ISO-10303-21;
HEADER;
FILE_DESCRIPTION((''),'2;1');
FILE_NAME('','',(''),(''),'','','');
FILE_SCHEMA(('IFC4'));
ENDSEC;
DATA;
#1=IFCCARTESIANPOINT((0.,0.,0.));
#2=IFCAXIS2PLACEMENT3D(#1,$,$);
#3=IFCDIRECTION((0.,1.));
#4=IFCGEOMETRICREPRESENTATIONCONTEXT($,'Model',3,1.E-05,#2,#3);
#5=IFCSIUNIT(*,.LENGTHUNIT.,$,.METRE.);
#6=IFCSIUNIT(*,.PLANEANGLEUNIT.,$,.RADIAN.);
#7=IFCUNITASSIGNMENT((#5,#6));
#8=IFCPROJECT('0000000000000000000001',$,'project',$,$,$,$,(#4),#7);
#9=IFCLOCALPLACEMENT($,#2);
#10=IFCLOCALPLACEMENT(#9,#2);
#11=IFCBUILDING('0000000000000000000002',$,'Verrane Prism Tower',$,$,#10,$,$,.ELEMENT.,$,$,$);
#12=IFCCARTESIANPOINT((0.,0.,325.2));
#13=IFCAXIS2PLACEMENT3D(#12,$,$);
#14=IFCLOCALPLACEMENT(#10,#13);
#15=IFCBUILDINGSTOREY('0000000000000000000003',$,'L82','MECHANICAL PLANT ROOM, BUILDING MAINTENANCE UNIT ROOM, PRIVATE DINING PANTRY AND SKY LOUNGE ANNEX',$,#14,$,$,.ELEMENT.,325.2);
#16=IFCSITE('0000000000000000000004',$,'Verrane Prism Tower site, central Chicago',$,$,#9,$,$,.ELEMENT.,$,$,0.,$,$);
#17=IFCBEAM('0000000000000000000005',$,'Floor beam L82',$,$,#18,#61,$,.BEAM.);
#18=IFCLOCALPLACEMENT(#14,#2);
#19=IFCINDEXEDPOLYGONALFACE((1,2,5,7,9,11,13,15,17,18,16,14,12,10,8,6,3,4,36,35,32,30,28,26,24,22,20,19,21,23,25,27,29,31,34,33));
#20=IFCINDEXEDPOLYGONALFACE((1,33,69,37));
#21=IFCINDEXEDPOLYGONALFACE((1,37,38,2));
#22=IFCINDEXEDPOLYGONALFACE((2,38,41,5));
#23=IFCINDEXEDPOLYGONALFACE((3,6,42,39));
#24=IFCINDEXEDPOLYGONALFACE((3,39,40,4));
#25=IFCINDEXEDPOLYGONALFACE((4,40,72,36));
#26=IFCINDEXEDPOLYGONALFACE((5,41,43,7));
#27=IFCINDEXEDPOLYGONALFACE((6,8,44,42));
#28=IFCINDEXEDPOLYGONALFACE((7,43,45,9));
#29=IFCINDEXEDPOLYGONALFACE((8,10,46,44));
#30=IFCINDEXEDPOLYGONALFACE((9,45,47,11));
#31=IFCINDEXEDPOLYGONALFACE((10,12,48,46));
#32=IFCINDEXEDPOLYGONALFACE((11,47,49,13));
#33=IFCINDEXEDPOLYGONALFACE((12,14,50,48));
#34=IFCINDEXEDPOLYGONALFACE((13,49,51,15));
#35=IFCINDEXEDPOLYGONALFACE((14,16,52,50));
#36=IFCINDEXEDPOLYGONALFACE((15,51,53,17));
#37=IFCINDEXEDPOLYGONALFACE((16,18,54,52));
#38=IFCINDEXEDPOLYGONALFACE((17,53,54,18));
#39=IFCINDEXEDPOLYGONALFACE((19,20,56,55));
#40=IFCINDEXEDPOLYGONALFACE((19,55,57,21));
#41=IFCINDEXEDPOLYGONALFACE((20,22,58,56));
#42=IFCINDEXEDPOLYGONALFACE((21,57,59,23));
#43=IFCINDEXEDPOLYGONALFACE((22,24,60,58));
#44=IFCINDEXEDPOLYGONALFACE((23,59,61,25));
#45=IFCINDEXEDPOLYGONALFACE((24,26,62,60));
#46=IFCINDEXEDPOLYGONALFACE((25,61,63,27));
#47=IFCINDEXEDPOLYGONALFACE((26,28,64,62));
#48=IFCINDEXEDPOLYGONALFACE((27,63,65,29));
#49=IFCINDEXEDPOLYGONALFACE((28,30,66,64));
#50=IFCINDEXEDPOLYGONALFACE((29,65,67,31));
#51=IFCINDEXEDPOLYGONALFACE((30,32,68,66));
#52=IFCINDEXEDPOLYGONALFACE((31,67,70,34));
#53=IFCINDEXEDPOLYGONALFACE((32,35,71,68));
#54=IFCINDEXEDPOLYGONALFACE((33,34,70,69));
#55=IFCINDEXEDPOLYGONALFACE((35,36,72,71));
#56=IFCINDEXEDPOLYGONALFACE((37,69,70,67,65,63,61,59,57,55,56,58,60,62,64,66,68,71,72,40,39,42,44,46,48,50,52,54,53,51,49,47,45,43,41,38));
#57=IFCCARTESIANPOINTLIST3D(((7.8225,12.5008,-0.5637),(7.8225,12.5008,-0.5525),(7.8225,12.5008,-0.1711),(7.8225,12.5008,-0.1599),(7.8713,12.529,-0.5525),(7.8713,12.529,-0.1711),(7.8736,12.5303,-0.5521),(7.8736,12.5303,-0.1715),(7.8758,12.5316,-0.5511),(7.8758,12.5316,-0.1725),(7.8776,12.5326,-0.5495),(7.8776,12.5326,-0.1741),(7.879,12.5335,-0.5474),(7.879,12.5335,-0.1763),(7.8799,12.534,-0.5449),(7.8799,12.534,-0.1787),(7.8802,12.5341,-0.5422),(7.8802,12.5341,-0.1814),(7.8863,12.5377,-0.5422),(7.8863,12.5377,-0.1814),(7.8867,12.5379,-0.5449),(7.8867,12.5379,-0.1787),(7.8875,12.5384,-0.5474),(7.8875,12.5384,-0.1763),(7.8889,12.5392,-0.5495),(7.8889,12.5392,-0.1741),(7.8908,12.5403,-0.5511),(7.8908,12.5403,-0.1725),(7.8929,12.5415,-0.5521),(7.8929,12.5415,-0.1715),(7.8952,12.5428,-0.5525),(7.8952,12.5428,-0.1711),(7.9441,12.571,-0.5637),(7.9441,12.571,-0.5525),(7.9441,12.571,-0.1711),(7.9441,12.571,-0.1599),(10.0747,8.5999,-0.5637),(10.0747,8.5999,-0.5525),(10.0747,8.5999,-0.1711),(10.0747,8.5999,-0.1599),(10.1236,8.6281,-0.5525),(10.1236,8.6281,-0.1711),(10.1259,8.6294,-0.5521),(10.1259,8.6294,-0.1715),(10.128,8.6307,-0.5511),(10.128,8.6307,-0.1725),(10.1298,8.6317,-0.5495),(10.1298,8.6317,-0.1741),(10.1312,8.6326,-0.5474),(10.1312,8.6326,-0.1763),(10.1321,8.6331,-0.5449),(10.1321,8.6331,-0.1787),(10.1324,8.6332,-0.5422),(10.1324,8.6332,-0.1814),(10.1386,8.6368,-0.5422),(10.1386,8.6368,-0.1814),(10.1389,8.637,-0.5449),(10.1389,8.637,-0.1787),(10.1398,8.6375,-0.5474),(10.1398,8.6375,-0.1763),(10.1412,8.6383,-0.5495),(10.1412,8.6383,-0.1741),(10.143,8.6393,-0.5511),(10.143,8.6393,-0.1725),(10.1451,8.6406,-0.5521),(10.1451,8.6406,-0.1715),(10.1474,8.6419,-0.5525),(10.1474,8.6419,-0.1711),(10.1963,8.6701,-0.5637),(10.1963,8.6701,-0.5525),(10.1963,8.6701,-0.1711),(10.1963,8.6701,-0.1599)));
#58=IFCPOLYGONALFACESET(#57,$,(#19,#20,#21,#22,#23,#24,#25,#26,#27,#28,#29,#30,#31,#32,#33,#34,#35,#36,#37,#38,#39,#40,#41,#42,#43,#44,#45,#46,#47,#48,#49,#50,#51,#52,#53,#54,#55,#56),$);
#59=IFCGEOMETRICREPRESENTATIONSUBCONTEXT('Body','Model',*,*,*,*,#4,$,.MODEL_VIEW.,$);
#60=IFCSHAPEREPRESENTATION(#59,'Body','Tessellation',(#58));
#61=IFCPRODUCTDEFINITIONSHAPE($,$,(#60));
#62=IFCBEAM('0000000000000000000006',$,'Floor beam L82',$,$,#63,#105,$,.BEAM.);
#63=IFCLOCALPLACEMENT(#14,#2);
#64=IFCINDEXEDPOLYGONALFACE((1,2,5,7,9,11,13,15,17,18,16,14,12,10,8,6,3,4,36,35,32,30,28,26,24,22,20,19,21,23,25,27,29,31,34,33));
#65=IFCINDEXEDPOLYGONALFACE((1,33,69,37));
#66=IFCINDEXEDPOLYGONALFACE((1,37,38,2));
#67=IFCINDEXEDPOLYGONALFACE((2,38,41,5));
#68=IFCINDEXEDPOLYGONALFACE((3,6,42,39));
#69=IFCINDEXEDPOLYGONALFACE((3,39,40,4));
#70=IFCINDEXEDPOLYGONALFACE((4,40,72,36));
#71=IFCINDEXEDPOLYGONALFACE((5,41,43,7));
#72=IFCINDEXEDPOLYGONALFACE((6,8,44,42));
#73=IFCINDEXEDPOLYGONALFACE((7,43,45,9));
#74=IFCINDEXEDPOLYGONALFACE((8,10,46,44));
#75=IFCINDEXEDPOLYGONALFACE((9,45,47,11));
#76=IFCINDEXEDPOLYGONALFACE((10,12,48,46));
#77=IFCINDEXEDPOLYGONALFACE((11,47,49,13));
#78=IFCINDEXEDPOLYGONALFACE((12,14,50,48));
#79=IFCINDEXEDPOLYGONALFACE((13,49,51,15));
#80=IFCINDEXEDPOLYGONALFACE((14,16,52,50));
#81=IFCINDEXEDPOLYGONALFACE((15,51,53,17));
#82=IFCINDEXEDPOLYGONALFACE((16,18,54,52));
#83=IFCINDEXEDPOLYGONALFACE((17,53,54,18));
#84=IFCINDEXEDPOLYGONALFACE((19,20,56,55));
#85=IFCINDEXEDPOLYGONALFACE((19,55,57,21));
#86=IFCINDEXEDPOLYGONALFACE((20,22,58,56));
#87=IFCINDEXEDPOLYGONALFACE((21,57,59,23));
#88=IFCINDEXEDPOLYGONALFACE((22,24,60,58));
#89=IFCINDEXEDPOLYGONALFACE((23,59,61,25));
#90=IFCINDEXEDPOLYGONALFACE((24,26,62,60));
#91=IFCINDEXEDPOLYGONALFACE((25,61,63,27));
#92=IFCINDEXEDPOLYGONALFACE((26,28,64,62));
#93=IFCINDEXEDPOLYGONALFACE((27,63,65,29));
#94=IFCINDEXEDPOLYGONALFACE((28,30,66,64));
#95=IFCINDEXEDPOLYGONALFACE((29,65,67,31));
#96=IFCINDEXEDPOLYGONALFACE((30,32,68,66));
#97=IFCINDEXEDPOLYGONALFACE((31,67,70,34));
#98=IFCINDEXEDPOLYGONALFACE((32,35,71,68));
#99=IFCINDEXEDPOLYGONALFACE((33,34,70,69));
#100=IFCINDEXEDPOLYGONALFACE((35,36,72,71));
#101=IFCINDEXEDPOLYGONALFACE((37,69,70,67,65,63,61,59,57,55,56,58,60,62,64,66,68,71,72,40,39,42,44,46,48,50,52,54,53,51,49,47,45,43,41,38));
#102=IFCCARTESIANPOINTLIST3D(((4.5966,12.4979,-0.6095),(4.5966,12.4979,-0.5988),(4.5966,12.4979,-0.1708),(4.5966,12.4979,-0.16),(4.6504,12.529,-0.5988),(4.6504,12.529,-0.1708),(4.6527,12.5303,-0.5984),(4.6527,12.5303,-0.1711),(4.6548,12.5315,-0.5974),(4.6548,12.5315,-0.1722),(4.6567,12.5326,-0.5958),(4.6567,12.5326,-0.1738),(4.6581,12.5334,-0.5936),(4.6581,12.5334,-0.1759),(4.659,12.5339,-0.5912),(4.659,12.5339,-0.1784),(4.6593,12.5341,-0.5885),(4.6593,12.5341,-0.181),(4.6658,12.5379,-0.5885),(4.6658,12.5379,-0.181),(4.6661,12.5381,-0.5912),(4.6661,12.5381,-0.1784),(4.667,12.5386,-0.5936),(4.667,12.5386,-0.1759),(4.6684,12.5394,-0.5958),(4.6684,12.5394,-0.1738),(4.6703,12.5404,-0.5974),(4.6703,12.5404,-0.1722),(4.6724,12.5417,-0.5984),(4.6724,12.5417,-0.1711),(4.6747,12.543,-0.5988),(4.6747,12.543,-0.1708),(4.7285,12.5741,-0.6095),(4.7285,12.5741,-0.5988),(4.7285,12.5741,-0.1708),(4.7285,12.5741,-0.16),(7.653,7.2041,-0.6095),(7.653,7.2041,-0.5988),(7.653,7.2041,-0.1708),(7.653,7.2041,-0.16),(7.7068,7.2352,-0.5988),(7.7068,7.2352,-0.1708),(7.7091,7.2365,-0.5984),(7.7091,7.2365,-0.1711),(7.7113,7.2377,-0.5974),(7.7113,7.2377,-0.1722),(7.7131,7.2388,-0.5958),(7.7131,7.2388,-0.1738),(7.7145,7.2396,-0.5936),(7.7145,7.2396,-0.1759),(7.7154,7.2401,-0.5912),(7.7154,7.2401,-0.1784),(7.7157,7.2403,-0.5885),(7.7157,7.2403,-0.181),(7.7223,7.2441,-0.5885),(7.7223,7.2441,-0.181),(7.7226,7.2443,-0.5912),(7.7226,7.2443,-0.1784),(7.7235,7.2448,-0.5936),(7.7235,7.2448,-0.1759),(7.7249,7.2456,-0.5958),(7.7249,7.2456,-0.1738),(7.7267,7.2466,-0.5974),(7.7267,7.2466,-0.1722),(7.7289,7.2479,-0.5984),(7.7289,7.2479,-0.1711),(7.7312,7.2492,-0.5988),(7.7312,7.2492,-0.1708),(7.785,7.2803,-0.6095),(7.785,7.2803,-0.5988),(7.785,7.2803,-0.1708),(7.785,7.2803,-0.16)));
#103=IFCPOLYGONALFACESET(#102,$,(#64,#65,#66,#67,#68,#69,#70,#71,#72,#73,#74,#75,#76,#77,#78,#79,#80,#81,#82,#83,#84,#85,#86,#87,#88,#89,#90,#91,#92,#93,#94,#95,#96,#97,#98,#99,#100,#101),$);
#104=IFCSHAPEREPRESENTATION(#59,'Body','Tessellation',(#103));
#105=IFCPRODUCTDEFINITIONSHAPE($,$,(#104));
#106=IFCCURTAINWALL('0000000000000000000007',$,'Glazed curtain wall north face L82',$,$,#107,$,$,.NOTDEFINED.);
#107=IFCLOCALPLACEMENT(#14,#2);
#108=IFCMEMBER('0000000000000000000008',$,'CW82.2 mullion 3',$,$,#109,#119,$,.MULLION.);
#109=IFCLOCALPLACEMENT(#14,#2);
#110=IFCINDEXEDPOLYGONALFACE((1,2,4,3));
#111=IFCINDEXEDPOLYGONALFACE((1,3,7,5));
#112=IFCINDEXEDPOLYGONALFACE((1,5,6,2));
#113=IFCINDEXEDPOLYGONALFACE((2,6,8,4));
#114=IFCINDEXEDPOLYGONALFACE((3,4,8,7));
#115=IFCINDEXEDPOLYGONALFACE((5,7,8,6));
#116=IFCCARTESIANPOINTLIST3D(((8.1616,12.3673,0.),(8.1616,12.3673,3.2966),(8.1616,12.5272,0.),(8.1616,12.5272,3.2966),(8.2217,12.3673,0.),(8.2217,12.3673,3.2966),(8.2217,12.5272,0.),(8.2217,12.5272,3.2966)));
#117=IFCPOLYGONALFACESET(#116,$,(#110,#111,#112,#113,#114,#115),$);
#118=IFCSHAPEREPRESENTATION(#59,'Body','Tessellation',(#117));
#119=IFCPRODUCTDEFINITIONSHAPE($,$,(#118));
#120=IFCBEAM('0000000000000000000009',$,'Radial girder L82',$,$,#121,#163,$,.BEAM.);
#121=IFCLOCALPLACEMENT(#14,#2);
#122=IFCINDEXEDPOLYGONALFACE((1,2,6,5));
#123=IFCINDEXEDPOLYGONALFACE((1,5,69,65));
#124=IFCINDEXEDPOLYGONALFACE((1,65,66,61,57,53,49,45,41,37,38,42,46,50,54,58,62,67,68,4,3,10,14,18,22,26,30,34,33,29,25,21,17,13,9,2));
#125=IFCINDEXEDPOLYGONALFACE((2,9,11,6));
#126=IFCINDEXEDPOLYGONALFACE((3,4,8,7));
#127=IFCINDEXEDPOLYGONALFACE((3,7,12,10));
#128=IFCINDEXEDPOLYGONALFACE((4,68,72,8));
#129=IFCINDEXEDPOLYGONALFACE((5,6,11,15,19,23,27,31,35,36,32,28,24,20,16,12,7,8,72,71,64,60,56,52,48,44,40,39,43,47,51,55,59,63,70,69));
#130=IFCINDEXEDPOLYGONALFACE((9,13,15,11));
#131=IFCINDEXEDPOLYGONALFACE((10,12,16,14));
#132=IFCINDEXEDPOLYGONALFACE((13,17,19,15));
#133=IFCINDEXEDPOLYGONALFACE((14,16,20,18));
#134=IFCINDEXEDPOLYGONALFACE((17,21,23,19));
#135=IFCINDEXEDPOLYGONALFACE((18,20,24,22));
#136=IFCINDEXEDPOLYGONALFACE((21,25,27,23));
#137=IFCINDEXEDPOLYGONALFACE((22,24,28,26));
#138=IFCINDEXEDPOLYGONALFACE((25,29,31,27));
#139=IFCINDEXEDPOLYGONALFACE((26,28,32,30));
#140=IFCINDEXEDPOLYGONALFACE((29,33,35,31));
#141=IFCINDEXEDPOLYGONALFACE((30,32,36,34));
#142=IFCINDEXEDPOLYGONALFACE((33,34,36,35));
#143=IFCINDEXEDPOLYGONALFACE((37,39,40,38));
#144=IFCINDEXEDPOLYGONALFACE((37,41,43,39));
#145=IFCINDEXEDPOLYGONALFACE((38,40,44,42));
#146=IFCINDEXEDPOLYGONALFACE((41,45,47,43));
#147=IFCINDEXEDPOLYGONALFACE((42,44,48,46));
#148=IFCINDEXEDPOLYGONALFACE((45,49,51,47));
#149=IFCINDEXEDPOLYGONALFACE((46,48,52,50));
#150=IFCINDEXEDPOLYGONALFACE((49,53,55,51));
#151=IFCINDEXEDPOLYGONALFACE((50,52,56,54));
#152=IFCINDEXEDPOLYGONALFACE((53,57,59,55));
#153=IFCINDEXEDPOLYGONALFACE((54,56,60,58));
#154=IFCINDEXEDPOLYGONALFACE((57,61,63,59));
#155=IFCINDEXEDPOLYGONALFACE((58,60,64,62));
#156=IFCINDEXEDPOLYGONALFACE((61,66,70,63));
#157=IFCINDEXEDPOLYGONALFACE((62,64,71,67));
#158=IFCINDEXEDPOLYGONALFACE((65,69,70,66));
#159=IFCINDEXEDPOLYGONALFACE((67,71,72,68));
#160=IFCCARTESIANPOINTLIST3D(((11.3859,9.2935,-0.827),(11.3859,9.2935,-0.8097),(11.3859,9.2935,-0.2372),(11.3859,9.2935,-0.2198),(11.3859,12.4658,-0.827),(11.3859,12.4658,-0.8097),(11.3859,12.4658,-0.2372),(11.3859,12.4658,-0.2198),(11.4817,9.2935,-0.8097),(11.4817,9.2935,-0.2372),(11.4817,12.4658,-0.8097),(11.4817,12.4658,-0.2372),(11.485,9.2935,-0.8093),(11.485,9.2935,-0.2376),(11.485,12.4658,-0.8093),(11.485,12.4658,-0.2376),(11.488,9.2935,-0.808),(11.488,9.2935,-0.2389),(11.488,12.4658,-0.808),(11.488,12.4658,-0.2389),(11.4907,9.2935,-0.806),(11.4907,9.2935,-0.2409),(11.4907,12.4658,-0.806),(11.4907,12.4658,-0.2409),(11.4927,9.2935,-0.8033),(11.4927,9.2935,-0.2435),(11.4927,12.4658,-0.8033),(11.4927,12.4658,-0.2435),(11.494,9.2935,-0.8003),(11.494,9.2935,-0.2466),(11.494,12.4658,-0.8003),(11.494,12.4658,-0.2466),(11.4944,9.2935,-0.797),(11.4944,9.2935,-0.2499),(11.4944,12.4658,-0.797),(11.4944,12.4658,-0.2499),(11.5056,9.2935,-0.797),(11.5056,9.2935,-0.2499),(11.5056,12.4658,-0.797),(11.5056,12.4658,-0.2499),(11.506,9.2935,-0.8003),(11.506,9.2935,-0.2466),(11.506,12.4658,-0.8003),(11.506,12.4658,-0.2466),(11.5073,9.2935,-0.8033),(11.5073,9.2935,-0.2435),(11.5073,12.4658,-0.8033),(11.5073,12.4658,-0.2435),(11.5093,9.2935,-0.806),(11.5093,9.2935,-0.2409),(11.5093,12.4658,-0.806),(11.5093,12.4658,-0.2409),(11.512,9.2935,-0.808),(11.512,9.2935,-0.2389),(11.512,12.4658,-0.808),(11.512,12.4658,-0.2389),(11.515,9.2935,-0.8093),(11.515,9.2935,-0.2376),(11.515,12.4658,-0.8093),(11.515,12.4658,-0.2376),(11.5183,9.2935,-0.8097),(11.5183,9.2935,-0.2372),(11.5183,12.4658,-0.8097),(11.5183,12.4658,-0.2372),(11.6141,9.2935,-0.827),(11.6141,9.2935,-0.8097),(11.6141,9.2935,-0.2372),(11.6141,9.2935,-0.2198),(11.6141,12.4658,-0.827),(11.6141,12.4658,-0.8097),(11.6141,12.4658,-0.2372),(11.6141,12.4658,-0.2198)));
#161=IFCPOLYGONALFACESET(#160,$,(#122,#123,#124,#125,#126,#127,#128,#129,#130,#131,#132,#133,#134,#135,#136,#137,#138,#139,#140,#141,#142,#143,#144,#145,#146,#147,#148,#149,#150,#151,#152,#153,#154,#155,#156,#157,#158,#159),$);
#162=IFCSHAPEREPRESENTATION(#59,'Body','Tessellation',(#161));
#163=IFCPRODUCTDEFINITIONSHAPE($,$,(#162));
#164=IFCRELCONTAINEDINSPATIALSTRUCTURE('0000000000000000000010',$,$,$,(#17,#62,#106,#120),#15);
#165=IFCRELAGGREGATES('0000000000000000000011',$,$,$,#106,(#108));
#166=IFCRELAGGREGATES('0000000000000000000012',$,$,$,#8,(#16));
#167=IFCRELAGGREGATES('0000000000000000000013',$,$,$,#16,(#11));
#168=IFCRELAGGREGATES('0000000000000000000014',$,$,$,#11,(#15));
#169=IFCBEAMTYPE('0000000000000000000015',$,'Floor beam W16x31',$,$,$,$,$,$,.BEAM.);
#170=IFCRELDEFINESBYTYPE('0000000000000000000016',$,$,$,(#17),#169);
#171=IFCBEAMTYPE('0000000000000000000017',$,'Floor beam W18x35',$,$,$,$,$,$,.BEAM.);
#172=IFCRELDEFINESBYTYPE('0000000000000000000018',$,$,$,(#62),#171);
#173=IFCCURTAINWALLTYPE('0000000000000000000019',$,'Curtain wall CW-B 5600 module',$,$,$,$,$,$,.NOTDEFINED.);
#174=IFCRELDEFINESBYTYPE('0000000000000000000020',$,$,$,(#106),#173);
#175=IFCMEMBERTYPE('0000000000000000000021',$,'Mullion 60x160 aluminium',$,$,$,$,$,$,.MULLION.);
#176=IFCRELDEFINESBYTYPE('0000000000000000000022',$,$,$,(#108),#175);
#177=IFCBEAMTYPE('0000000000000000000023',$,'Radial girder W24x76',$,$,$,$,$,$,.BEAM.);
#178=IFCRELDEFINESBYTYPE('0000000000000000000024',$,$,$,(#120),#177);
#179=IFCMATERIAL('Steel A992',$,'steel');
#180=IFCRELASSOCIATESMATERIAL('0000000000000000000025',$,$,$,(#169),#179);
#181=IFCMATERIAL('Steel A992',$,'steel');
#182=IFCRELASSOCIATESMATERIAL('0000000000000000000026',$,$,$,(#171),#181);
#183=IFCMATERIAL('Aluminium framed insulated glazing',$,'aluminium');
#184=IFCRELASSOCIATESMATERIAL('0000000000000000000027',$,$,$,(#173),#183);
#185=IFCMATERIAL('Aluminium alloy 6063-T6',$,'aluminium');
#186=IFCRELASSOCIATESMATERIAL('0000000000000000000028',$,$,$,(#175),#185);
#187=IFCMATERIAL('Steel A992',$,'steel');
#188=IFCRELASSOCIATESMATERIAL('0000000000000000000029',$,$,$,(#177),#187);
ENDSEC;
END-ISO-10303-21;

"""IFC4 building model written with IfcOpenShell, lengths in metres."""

from ifc_helpers import new_model, si_unit, direction, frame, origin, origin_2d, place, context, subcontext, project, spatial, rectangle, i_section, extrude, material, material_profile, profile_set, type_object, element, aggregate, save


model = new_model("IFC4")

# Units and contexts
model_context = context("Model", 3, precision=1e-05, world=origin(), true_north=direction((0.0, 1.0)))
body_context = subcontext(model_context, "Body", "Model", "MODEL_VIEW")
ifc_project = project(units=[si_unit("LENGTHUNIT", "METRE"), si_unit("PLANEANGLEUNIT", "RADIAN")], contexts=[model_context])

# Site, building, storey
site_placement = place(None, origin())
site = spatial("IfcSite", under=ifc_project, at=site_placement, Name="Verrane Prism Tower site, central Chicago", CompositionType="ELEMENT", RefElevation=0.0)
building_placement = place(site_placement, origin())
building = spatial("IfcBuilding", under=site, at=building_placement, Name="Verrane Prism Tower", CompositionType="ELEMENT")
storey_placement = place(building_placement, frame((0.0, 0.0, 325.2)))
storey = spatial("IfcBuildingStorey", under=building, at=storey_placement, Name="L82", Description="MECHANICAL PLANT ROOM, BUILDING MAINTENANCE UNIT ROOM, PRIVATE DINING PANTRY AND SKY LOUNGE ANNEX", CompositionType="ELEMENT", Elevation=325.2)

# Beams
ifc_material_1 = material(Name="Steel A992", Category="steel")
ifc_material_profile_1 = material_profile(ifc_material_1, i_section(OverallWidth=0.1404, OverallDepth=0.4038, WebThickness=0.0071, FlangeThickness=0.0112, FilletRadius=0.0103, at=origin_2d()), Name="W16x31")
ifc_profile_set_1 = profile_set([ifc_material_profile_1], Name="Steel A992")
beam_type_1 = type_object("IfcBeamType", Name="Floor beam W16x31", PredefinedType="BEAM", material=ifc_profile_set_1)
beam_1_placement = place(storey_placement, frame((10.1355, 8.635, -0.3618), z_axis=(-0.500004, 0.866023, 0.0), x_axis=(-0.866023, -0.500004, 0.0)))
element("IfcBeam", 1, at=beam_1_placement, inside=storey, type_object=beam_type_1, Name="Floor beam L82", PredefinedType="BEAM", context=body_context, shape_type="SweptSolid", body=[
    extrude(i_section(OverallWidth=0.1404, OverallDepth=0.4038, WebThickness=0.0071, FlangeThickness=0.0112, FilletRadius=0.0103, at=origin_2d()), origin(), (0.0, 0.0, 1.0), 4.5044),
])
ifc_material_2 = material(Name="Steel A992", Category="steel")
ifc_material_profile_2 = material_profile(ifc_material_2, i_section(OverallWidth=0.1523, OverallDepth=0.4495, WebThickness=0.0076, FlangeThickness=0.0107, FilletRadius=0.0103, at=origin_2d()), Name="W18x35")
ifc_profile_set_2 = profile_set([ifc_material_profile_2], Name="Steel A992")
beam_type_2 = type_object("IfcBeamType", Name="Floor beam W18x35", PredefinedType="BEAM", material=ifc_profile_set_2)
beam_2_placement = place(storey_placement, frame((7.719, 7.2422, -0.3848), z_axis=(-0.500009, 0.86602, 0.0), x_axis=(-0.86602, -0.500009, 0.0)))
element("IfcBeam", 2, at=beam_2_placement, inside=storey, type_object=beam_type_2, Name="Floor beam L82", PredefinedType="BEAM", context=body_context, shape_type="SweptSolid", body=[
    extrude(i_section(OverallWidth=0.1523, OverallDepth=0.4495, WebThickness=0.0076, FlangeThickness=0.0107, FilletRadius=0.0103, at=origin_2d()), origin(), (0.0, 0.0, 1.0), 6.1128),
])

# Curtain wall, member
ifc_material_3 = material(Name="Aluminium framed insulated glazing", Category="aluminium")
curtain_wall_type = type_object("IfcCurtainWallType", Name="Curtain wall CW-B 5600 module", PredefinedType="NOTDEFINED", material=ifc_material_3)
curtain_wall_placement = place(storey_placement, origin())
curtain_wall = element("IfcCurtainWall", 3, at=curtain_wall_placement, inside=storey, type_object=curtain_wall_type, Name="Glazed curtain wall north face L82", PredefinedType="NOTDEFINED")
ifc_material_4 = material(Name="Aluminium alloy 6063-T6", Category="aluminium")
ifc_material_profile_3 = material_profile(ifc_material_4, rectangle(XDim=0.1599, YDim=0.0601, at=origin_2d()), Name="Mullion 60x160 aluminium")
ifc_profile_set_3 = profile_set([ifc_material_profile_3], Name="Aluminium alloy 6063-T6")
member_type_1 = type_object("IfcMemberType", Name="Mullion 60x160 aluminium", PredefinedType="MULLION", material=ifc_profile_set_3)
member_1_placement = place(storey_placement, frame((8.1917, 12.4473, 0.0), z_axis=(0.0, 0.0, 1.0), x_axis=(0.0, -1.0, 0.0)))
member_1 = element("IfcMember", 4, at=member_1_placement, type_object=member_type_1, Name="CW82.2 mullion 3", PredefinedType="MULLION", context=body_context, shape_type="SweptSolid", body=[
    extrude(rectangle(XDim=0.1599, YDim=0.0601, at=origin_2d()), origin(), (0.0, 0.0, 1.0), 3.2966),
])

# Beam
ifc_material_5 = material(Name="Steel A992", Category="steel")
ifc_material_profile_4 = material_profile(ifc_material_5, i_section(OverallWidth=0.2283, OverallDepth=0.6072, WebThickness=0.0112, FlangeThickness=0.0173, FilletRadius=0.0127, at=origin_2d()), Name="W24x76")
ifc_profile_set_4 = profile_set([ifc_material_profile_4], Name="Steel A992")
beam_type_3 = type_object("IfcBeamType", Name="Radial girder W24x76", PredefinedType="BEAM", material=ifc_profile_set_4)
beam_3_placement = place(storey_placement, frame((11.5, 12.4658, -0.5234), z_axis=(0.0, -1.0, 0.0), x_axis=(1.0, 0.0, 0.0)))
element("IfcBeam", 5, at=beam_3_placement, inside=storey, type_object=beam_type_3, Name="Radial girder L82", PredefinedType="BEAM", context=body_context, shape_type="SweptSolid", body=[
    extrude(i_section(OverallWidth=0.2283, OverallDepth=0.6072, WebThickness=0.0112, FlangeThickness=0.0173, FilletRadius=0.0127, at=origin_2d()), origin(), (0.0, 0.0, 1.0), 3.1724),
])

aggregate(curtain_wall, [member_1])

save(model, "model.ifc")
